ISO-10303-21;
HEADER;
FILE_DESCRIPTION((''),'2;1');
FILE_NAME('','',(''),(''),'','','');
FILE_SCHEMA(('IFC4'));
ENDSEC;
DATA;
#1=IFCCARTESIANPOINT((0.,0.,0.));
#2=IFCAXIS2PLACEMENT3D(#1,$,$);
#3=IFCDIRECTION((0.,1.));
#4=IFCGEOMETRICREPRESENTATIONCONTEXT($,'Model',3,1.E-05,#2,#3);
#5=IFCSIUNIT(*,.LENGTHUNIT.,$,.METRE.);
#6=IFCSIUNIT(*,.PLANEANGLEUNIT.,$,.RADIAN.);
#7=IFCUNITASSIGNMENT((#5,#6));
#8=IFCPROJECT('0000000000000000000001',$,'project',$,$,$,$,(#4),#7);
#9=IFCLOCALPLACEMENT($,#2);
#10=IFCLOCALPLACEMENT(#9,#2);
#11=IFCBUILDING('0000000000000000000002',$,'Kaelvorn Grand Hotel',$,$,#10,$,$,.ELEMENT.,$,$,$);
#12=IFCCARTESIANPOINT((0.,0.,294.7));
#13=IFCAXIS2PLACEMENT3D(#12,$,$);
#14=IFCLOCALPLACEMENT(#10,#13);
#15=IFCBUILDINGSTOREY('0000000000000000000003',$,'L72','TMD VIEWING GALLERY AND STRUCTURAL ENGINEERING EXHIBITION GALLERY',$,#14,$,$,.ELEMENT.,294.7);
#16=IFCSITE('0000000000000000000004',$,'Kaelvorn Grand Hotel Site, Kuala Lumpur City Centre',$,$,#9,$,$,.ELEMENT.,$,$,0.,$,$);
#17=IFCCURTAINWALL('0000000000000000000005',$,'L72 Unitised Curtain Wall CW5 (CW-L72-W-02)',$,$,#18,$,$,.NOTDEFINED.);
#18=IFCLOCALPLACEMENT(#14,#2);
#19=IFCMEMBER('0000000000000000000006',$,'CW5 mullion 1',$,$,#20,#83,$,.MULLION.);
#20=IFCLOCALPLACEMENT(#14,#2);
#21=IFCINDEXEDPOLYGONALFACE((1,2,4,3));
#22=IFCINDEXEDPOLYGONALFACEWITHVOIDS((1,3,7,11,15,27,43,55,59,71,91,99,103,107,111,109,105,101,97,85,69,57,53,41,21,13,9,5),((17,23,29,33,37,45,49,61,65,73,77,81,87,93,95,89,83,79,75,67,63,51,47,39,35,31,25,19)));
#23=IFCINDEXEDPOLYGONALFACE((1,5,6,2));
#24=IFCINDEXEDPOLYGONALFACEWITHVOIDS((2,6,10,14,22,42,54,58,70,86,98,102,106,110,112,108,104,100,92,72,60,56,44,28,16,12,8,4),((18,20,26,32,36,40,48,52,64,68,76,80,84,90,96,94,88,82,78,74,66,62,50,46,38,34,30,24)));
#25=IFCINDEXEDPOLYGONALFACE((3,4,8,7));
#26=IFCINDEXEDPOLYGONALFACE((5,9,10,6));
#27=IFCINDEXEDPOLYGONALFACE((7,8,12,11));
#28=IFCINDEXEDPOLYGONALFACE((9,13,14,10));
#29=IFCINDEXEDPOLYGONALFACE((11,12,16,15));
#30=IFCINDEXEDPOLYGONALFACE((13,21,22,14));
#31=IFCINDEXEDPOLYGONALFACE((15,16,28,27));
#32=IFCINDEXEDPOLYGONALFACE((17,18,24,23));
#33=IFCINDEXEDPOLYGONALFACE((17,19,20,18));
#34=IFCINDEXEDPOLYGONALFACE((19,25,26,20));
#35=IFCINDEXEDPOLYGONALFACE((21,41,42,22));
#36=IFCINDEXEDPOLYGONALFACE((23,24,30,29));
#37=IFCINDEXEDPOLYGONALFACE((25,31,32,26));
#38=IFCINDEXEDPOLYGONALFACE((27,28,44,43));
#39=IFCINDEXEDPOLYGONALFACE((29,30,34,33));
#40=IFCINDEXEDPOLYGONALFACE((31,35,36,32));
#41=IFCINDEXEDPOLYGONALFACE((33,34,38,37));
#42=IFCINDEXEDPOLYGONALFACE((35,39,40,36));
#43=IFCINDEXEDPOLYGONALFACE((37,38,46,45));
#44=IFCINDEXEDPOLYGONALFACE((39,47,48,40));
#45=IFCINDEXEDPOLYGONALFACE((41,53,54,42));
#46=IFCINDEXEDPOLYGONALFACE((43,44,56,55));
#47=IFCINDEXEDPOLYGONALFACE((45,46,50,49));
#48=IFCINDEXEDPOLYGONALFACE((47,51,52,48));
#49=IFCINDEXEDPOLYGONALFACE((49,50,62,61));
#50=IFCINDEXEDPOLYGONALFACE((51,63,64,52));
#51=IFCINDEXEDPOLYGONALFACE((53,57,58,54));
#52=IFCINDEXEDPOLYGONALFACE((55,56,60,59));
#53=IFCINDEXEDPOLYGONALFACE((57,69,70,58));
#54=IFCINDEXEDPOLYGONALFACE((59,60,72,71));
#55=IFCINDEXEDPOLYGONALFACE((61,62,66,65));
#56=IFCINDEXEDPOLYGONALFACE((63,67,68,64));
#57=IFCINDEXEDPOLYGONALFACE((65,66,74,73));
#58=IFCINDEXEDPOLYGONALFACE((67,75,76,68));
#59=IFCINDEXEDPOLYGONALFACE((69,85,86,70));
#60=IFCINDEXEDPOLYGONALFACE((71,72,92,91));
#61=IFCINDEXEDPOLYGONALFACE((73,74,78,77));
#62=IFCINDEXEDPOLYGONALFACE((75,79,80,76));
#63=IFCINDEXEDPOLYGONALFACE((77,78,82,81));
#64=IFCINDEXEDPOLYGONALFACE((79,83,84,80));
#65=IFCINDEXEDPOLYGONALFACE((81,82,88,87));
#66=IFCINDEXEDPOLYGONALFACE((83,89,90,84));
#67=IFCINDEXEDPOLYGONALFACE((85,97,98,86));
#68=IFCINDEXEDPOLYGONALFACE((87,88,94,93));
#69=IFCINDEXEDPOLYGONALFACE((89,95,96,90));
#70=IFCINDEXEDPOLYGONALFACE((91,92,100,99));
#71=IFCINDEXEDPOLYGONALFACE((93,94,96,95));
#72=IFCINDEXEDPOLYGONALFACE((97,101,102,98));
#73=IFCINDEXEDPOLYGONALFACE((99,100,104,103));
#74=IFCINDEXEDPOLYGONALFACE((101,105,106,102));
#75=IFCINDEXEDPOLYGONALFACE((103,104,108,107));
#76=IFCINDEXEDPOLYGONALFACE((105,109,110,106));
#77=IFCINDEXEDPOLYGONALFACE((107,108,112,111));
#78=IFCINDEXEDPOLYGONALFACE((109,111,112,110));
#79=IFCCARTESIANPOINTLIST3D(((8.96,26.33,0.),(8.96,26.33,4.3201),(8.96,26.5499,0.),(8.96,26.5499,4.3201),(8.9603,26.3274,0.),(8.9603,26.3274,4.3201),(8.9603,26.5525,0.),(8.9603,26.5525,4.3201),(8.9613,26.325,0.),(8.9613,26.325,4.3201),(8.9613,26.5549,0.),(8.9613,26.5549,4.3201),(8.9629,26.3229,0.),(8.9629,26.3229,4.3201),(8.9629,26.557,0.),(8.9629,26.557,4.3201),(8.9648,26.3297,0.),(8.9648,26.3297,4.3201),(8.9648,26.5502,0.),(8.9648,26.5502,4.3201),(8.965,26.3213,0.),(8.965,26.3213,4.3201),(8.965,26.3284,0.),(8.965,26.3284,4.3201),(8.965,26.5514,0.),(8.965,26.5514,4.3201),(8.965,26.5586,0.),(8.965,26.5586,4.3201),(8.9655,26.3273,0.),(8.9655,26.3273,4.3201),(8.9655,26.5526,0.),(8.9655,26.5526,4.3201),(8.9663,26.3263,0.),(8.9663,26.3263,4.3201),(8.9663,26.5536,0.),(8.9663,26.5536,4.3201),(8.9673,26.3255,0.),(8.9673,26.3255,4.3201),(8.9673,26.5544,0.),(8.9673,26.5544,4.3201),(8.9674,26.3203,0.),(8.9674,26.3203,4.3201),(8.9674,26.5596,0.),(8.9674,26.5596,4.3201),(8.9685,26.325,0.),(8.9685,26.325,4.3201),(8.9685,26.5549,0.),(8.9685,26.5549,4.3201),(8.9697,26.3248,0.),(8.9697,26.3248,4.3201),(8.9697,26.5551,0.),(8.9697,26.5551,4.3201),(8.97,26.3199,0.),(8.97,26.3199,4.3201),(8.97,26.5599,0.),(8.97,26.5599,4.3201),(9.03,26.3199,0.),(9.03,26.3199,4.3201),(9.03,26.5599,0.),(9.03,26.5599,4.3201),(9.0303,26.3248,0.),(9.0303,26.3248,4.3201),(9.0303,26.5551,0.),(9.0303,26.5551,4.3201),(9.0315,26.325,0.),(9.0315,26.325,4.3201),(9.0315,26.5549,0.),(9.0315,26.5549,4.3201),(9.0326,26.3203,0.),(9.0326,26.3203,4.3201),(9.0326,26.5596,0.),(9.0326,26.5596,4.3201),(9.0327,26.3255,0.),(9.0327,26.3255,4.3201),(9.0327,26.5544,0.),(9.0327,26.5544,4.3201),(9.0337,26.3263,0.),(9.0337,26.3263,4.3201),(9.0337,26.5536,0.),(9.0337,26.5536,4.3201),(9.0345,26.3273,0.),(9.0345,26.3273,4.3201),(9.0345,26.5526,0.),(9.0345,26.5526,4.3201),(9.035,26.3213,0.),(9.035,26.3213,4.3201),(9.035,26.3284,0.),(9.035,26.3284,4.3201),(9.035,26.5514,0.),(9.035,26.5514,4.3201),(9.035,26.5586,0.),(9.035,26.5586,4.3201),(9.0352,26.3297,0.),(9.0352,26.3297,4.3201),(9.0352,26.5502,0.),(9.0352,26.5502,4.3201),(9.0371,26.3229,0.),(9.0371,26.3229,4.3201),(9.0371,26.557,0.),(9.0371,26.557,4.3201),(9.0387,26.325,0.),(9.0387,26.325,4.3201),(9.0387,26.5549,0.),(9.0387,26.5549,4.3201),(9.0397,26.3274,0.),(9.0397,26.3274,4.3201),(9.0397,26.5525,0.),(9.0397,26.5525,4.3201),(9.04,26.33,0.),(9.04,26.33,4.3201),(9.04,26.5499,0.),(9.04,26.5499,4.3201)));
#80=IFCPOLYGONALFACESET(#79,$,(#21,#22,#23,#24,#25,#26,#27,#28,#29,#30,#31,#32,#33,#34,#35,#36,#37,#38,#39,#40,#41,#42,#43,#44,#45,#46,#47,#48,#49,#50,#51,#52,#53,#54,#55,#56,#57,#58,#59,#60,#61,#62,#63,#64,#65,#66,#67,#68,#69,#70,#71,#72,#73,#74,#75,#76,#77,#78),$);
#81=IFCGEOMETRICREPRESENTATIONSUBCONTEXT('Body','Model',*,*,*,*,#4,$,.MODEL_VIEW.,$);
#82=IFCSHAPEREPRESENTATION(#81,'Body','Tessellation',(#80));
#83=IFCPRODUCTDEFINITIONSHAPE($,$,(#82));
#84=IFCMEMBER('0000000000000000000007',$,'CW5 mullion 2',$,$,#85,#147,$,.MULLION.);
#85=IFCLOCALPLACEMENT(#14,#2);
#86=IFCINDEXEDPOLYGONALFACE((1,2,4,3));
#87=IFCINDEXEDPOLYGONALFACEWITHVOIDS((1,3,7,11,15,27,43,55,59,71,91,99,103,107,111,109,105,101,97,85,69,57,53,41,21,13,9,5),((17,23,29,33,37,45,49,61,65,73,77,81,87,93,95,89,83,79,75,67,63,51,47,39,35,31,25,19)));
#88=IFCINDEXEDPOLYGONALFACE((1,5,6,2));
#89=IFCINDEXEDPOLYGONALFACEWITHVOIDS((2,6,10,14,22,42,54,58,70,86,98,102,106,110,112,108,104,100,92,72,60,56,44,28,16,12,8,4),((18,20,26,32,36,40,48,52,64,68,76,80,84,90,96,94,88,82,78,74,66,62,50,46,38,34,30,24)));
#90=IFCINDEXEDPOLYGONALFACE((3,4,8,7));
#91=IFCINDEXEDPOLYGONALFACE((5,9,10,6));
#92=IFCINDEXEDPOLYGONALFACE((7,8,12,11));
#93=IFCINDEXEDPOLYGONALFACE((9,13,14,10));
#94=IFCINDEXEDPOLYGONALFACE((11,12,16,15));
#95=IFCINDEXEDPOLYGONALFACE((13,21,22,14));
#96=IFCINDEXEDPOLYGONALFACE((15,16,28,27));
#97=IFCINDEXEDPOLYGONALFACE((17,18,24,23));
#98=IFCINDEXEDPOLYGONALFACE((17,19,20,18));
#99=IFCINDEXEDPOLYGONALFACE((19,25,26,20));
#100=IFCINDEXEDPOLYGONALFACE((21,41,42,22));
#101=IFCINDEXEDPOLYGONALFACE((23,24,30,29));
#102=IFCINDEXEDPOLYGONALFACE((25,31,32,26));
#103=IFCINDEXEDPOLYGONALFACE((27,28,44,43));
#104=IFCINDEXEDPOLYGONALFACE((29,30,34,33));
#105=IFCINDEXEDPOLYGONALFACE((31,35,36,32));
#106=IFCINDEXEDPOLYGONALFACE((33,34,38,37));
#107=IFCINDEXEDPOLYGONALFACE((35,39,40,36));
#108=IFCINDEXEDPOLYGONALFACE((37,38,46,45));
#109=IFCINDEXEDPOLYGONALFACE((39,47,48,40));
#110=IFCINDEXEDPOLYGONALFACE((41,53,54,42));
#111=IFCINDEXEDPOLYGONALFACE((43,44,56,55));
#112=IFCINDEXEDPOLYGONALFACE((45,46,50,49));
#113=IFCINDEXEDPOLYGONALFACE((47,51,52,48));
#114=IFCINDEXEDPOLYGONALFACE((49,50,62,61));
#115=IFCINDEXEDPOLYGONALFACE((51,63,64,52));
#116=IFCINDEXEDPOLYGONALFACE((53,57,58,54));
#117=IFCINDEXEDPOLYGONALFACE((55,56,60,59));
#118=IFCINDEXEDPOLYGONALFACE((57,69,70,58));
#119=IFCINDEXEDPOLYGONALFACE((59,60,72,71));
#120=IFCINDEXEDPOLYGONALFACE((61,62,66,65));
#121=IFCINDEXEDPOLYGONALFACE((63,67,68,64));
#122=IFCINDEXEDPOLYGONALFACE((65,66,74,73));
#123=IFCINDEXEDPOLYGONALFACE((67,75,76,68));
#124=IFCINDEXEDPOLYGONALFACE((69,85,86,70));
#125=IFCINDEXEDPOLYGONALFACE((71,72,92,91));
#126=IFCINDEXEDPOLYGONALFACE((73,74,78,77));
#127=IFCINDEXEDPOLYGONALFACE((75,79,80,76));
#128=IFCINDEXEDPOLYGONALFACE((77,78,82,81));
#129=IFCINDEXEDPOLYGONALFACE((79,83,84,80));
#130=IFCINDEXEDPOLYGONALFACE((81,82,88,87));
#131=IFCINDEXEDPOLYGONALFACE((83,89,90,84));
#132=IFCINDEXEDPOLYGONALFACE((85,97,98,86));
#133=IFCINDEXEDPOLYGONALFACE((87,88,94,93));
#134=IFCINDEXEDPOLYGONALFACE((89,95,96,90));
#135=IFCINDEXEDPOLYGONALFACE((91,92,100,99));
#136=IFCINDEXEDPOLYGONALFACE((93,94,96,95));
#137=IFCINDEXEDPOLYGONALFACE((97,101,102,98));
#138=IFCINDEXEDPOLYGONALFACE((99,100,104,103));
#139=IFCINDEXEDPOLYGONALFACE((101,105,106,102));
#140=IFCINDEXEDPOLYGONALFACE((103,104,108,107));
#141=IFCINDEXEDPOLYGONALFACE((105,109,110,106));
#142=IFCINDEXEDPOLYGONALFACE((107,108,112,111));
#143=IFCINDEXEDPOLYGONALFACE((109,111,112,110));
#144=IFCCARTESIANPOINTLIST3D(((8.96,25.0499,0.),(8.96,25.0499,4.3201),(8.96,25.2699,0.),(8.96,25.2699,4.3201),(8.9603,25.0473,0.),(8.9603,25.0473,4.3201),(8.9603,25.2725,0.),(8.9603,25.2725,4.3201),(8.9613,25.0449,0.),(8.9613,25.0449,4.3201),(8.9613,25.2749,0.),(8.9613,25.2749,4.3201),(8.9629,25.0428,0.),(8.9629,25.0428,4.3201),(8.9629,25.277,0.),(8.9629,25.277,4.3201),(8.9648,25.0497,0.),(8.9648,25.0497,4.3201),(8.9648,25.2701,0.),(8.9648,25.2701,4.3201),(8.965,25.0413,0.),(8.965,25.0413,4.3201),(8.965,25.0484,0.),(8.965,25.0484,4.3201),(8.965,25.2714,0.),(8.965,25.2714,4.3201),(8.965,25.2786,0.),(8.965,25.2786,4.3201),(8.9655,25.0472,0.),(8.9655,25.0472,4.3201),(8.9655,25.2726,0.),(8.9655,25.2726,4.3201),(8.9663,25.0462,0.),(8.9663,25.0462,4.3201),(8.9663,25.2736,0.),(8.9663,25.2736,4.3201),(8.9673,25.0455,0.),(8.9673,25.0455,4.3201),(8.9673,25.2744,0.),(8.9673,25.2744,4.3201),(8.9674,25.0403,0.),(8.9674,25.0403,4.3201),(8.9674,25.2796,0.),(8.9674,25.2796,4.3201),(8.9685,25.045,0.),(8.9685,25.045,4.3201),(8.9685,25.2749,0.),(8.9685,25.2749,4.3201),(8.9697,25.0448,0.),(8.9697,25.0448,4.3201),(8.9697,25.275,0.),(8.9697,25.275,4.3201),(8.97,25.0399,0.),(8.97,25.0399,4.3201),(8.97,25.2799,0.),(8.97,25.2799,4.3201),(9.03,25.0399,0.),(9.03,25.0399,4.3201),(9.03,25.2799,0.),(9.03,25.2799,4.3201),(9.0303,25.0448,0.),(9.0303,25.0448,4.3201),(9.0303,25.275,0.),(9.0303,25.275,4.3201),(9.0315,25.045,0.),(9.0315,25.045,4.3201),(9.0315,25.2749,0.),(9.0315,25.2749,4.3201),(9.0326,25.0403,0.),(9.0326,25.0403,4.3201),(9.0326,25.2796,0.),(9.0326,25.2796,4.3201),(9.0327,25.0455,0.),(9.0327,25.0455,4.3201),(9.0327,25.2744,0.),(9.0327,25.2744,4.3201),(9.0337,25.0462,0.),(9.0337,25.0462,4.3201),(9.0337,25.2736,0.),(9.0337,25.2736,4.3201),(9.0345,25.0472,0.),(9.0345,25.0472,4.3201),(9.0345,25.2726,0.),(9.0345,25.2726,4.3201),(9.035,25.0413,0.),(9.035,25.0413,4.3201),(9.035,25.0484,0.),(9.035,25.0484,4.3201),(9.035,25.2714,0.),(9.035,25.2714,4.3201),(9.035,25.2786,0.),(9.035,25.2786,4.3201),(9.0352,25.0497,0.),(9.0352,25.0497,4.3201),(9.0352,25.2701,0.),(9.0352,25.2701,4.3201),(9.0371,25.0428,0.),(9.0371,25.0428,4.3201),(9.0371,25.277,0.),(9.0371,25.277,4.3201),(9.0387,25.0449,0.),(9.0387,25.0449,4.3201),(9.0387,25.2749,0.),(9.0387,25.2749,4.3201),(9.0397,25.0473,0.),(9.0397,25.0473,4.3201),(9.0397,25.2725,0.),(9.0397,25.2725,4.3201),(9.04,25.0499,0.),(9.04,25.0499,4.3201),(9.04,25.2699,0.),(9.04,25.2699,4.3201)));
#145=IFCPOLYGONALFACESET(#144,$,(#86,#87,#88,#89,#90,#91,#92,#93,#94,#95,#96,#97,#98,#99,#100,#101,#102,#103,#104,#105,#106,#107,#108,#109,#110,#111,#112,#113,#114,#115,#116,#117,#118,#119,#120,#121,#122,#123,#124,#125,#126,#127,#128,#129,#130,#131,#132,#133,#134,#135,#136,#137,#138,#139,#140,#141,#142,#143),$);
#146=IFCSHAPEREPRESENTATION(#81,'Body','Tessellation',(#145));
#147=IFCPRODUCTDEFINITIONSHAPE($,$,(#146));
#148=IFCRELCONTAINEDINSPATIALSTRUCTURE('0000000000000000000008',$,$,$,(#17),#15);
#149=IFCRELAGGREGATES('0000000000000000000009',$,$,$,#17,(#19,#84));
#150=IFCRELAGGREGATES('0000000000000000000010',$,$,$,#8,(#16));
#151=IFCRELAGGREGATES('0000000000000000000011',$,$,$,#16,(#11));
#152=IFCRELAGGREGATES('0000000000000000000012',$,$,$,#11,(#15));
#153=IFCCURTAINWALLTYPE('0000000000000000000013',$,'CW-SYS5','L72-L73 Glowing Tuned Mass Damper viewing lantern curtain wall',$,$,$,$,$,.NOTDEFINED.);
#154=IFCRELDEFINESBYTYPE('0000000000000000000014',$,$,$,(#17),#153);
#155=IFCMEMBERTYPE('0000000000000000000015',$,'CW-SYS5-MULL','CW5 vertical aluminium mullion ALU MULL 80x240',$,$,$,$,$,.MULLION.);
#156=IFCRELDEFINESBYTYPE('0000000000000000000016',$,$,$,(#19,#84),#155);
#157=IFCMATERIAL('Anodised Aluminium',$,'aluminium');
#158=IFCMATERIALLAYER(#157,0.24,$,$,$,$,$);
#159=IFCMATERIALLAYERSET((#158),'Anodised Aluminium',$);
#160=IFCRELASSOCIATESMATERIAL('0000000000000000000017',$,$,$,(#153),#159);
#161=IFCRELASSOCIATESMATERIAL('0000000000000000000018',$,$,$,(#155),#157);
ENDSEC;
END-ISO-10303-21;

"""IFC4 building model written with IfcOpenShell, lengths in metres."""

from ifc_helpers import new_model, si_unit, direction, frame, origin, origin_2d, place, context, subcontext, project, spatial, hollow_rectangle, extrude, material, layer, layer_set, material_profile, profile_set, type_object, element, aggregate, save


model = new_model("IFC4")

# Units and contexts
model_context = context("Model", 3, precision=1e-05, world=origin(), true_north=direction((0.0, 1.0)))
body_context = subcontext(model_context, "Body", "Model", "MODEL_VIEW")
ifc_project = project(units=[si_unit("LENGTHUNIT", "METRE"), si_unit("PLANEANGLEUNIT", "RADIAN")], contexts=[model_context])

# Site, building, storey
site_placement = place(None, origin())
site = spatial("IfcSite", under=ifc_project, at=site_placement, Name="Kaelvorn Grand Hotel Site, Kuala Lumpur City Centre", CompositionType="ELEMENT", RefElevation=0.0)
building_placement = place(site_placement, origin())
building = spatial("IfcBuilding", under=site, at=building_placement, Name="Kaelvorn Grand Hotel", CompositionType="ELEMENT")
storey_placement = place(building_placement, frame((0.0, 0.0, 294.7)))
storey = spatial("IfcBuildingStorey", under=building, at=storey_placement, Name="L72", Description="TMD VIEWING GALLERY AND STRUCTURAL ENGINEERING EXHIBITION GALLERY", CompositionType="ELEMENT", Elevation=294.7)

# Shared definitions
ifc_material_1 = material(Name="Anodised Aluminium", Category="aluminium")
ifc_layer_1 = layer(ifc_material_1, 0.24)
ifc_layer_set_1 = layer_set([ifc_layer_1], Name="Anodised Aluminium")
curtain_wall_type = type_object("IfcCurtainWallType", Name="CW-SYS5", Description="L72-L73 Glowing Tuned Mass Damper viewing lantern curtain wall", PredefinedType="NOTDEFINED", material=ifc_layer_set_1)
ifc_material_profile_1 = material_profile(ifc_material_1, hollow_rectangle(XDim=0.0801, YDim=0.24, WallThickness=0.0049, InnerFilletRadius=0.0049, OuterFilletRadius=0.01, at=origin_2d()), Name="ALU MULL 80x240")
ifc_profile_set_1 = profile_set([ifc_material_profile_1], Name="Anodised Aluminium")
member_type_1 = type_object("IfcMemberType", Name="CW-SYS5-MULL", Description="CW5 vertical aluminium mullion ALU MULL 80x240", PredefinedType="MULLION", material=ifc_profile_set_1)

# Curtain wall, members
curtain_wall_1_placement = place(storey_placement, origin())
curtain_wall_1 = element("IfcCurtainWall", 1, at=curtain_wall_1_placement, inside=storey, type_object=curtain_wall_type, Name="L72 Unitised Curtain Wall CW5 (CW-L72-W-02)", PredefinedType="NOTDEFINED")
member_1_placement = place(storey_placement, frame((9.0, 26.4399, 0.0), z_axis=(0.0, 0.0, 1.0), x_axis=(1.0, 0.0, 0.0)))
member_1 = element("IfcMember", 2, at=member_1_placement, type_object=member_type_1, Name="CW5 mullion 1", PredefinedType="MULLION", context=body_context, shape_type="SweptSolid", body=[
    extrude(hollow_rectangle(XDim=0.0801, YDim=0.24, WallThickness=0.0049, InnerFilletRadius=0.0049, OuterFilletRadius=0.01, at=origin_2d()), origin(), (0.0, 0.0, 1.0), 4.3201),
])
member_2_placement = place(storey_placement, frame((9.0, 25.1599, 0.0), z_axis=(0.0, 0.0, 1.0), x_axis=(1.0, 0.0, 0.0)))
member_2 = element("IfcMember", 3, at=member_2_placement, type_object=member_type_1, Name="CW5 mullion 2", PredefinedType="MULLION", context=body_context, shape_type="SweptSolid", body=[
    extrude(hollow_rectangle(XDim=0.0801, YDim=0.24, WallThickness=0.0049, InnerFilletRadius=0.0049, OuterFilletRadius=0.01, at=origin_2d()), origin(), (0.0, 0.0, 1.0), 4.3201),
])

aggregate(curtain_wall_1, [member_1, member_2])

save(model, "model.ifc")
